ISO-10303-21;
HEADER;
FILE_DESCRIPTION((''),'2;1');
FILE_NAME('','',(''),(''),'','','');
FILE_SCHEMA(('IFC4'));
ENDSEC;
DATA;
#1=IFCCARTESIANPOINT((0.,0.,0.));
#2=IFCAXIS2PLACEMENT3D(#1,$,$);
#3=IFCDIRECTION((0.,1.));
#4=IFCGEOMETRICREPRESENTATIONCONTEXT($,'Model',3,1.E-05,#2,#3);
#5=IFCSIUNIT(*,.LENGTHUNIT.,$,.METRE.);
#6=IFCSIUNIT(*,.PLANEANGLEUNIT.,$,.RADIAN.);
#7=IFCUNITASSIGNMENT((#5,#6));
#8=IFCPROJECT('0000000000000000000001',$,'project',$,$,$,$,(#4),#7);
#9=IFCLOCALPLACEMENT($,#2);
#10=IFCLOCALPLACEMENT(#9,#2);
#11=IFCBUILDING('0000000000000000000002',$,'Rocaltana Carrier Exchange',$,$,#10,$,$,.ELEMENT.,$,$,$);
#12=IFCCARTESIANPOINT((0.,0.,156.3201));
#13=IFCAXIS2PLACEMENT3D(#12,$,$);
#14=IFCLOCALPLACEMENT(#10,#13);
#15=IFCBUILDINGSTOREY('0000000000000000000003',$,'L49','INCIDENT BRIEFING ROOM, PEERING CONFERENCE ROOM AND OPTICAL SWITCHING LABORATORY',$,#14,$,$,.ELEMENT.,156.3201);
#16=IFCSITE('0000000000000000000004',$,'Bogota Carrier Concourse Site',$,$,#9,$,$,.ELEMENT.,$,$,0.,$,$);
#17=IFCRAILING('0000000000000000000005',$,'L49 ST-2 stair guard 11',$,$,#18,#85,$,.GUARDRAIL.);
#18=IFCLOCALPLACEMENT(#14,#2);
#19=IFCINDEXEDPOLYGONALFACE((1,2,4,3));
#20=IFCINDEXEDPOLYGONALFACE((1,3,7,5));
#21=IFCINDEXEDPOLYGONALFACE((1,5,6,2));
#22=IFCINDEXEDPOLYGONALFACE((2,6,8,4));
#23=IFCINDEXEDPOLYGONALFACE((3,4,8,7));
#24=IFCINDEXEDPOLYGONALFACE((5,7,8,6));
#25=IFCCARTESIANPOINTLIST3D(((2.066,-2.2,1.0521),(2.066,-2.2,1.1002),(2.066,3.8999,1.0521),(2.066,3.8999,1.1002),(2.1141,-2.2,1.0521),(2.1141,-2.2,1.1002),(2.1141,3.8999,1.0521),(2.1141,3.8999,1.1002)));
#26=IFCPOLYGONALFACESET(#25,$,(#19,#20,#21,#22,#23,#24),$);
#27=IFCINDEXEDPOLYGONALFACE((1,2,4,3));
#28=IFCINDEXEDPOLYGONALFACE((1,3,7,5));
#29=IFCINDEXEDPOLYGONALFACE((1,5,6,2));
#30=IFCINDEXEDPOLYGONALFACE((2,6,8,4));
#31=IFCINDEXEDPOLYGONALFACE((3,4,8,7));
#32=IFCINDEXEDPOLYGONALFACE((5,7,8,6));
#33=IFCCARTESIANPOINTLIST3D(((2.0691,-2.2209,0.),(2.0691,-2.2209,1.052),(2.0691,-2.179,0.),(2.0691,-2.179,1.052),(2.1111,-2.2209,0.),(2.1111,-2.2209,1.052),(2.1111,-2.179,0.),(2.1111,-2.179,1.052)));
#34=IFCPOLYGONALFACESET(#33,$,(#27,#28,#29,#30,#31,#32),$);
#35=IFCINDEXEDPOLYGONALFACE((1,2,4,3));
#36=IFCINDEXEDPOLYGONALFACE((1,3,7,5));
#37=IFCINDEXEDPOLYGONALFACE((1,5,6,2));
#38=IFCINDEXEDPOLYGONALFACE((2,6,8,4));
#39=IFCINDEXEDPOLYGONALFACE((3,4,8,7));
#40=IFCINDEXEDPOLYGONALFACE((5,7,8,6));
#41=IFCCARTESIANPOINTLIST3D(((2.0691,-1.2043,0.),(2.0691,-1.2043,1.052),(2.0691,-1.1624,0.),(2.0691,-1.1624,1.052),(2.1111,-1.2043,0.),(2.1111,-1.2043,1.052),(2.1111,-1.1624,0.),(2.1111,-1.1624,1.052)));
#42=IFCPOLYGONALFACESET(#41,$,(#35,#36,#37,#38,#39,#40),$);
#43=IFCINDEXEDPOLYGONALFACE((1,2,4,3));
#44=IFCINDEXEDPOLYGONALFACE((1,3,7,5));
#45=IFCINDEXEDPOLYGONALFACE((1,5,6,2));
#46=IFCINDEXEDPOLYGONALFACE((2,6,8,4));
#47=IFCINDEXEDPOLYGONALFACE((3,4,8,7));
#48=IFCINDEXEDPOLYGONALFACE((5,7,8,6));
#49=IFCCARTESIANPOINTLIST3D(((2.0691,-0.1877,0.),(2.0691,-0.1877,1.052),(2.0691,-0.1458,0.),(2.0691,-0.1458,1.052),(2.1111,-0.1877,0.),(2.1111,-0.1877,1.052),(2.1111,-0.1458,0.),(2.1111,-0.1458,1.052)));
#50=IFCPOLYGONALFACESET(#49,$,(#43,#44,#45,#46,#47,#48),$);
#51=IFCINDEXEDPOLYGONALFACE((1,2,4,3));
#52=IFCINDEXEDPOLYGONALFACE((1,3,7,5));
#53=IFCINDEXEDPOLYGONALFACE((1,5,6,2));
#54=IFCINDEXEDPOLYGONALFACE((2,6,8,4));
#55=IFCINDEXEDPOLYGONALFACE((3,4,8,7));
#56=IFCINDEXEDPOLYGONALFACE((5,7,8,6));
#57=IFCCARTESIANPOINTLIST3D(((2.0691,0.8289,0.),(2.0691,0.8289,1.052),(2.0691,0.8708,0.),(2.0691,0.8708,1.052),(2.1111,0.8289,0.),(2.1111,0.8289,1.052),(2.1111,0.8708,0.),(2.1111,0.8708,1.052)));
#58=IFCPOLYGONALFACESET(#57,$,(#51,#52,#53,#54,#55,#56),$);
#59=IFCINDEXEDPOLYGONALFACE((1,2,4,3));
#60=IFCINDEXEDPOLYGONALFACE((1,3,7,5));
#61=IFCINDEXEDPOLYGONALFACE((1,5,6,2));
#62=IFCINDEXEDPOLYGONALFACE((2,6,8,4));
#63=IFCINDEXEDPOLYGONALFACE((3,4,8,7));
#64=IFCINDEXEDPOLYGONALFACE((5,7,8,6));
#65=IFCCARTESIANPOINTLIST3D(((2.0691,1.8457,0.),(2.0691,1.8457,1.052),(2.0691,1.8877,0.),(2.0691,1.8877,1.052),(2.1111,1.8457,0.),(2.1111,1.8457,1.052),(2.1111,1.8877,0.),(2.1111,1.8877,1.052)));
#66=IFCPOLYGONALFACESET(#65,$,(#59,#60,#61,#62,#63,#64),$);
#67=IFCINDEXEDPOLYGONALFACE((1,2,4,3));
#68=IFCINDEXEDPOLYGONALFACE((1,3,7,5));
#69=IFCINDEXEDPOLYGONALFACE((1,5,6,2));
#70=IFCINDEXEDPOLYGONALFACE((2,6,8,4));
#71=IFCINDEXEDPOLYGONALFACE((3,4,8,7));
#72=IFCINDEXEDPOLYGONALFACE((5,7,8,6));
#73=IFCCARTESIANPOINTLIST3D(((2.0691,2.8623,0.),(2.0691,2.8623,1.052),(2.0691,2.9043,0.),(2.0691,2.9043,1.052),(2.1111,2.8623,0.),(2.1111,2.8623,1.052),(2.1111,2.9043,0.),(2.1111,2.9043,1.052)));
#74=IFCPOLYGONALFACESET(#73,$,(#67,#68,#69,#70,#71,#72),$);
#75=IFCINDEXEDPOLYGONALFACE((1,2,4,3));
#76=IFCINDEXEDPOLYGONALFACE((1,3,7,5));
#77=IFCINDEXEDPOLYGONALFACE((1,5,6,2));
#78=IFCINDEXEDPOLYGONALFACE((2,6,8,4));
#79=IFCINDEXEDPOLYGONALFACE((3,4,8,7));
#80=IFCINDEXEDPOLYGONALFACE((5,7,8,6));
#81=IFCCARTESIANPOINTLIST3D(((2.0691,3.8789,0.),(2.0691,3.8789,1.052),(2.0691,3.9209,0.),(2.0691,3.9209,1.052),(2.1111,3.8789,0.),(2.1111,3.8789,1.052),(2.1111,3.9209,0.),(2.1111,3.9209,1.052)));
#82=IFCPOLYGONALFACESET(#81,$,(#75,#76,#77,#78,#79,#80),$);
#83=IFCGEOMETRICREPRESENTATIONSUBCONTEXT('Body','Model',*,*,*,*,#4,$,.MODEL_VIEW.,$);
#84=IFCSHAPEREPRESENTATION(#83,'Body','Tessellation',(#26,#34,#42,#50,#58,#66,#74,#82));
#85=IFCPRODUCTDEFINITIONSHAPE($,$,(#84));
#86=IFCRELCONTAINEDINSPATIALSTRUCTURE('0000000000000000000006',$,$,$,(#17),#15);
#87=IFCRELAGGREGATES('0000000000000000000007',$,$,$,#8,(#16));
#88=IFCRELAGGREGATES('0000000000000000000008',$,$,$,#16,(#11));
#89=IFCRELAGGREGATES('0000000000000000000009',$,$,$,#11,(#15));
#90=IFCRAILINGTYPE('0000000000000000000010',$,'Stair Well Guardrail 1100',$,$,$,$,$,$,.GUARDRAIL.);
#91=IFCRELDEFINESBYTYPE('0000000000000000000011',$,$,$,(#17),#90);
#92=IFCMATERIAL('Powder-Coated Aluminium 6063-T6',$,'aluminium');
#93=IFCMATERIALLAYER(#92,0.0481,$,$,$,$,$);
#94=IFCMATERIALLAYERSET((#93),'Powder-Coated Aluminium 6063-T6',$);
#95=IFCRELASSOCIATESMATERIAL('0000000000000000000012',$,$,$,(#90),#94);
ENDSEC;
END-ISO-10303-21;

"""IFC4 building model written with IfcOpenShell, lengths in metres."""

from ifc_helpers import new_model, si_unit, direction, frame, origin, origin_2d, place, context, subcontext, project, spatial, rectangle, extrude, material, layer, layer_set, type_object, element, save


model = new_model("IFC4")

# Units and contexts
model_context = context("Model", 3, precision=1e-05, world=origin(), true_north=direction((0.0, 1.0)))
body_context = subcontext(model_context, "Body", "Model", "MODEL_VIEW")
ifc_project = project(units=[si_unit("LENGTHUNIT", "METRE"), si_unit("PLANEANGLEUNIT", "RADIAN")], contexts=[model_context])

# Site, building, storey
site_placement = place(None, origin())
site = spatial("IfcSite", under=ifc_project, at=site_placement, Name="Bogota Carrier Concourse Site", CompositionType="ELEMENT", RefElevation=0.0)
building_placement = place(site_placement, origin())
building = spatial("IfcBuilding", under=site, at=building_placement, Name="Rocaltana Carrier Exchange", CompositionType="ELEMENT")
storey_placement = place(building_placement, frame((0.0, 0.0, 156.3201)))
storey = spatial("IfcBuildingStorey", under=building, at=storey_placement, Name="L49", Description="INCIDENT BRIEFING ROOM, PEERING CONFERENCE ROOM AND OPTICAL SWITCHING LABORATORY", CompositionType="ELEMENT", Elevation=156.3201)

# Railing
ifc_material_1 = material(Name="Powder-Coated Aluminium 6063-T6", Category="aluminium")
ifc_layer_1 = layer(ifc_material_1, 0.0481)
ifc_layer_set_1 = layer_set([ifc_layer_1], Name="Powder-Coated Aluminium 6063-T6")
railing_type_1 = type_object("IfcRailingType", Name="Stair Well Guardrail 1100", PredefinedType="GUARDRAIL", material=ifc_layer_set_1)
for number, where, name in (
    (1, (2.0901, -2.2, 0.0), "L49 ST-2 stair guard 11"),
):
    element("IfcRailing", number, at=place(storey_placement, frame(where)), inside=storey, type_object=railing_type_1, Name=name, PredefinedType="GUARDRAIL", context=body_context, shape_type="SweptSolid", body=[
        extrude(rectangle(XDim=0.0481, YDim=0.0481, at=origin_2d()), frame((0.0, 0.0, 1.0762), z_axis=(0.0, 1.0, 0.0), x_axis=(-1.0, 0.0, 0.0)), (0.0, 0.0, 1.0), 6.0999),
        extrude(rectangle(XDim=0.042, YDim=0.042, at=origin_2d()), origin(), (0.0, 0.0, 1.0), 1.052),
        extrude(rectangle(XDim=0.042, YDim=0.042, at=origin_2d()), frame((0.0, 1.0166, 0.0)), (0.0, 0.0, 1.0), 1.052),
        extrude(rectangle(XDim=0.042, YDim=0.042, at=origin_2d()), frame((0.0, 2.0332, 0.0)), (0.0, 0.0, 1.0), 1.052),
        extrude(rectangle(XDim=0.042, YDim=0.042, at=origin_2d()), frame((0.0, 3.0498, 0.0)), (0.0, 0.0, 1.0), 1.052),
        extrude(rectangle(XDim=0.042, YDim=0.042, at=origin_2d()), frame((0.0, 4.0667, 0.0)), (0.0, 0.0, 1.0), 1.052),
        extrude(rectangle(XDim=0.042, YDim=0.042, at=origin_2d()), frame((0.0, 5.0833, 0.0)), (0.0, 0.0, 1.0), 1.052),
        extrude(rectangle(XDim=0.042, YDim=0.042, at=origin_2d()), frame((0.0, 6.0999, 0.0)), (0.0, 0.0, 1.0), 1.052),
    ])

save(model, "model.ifc")
